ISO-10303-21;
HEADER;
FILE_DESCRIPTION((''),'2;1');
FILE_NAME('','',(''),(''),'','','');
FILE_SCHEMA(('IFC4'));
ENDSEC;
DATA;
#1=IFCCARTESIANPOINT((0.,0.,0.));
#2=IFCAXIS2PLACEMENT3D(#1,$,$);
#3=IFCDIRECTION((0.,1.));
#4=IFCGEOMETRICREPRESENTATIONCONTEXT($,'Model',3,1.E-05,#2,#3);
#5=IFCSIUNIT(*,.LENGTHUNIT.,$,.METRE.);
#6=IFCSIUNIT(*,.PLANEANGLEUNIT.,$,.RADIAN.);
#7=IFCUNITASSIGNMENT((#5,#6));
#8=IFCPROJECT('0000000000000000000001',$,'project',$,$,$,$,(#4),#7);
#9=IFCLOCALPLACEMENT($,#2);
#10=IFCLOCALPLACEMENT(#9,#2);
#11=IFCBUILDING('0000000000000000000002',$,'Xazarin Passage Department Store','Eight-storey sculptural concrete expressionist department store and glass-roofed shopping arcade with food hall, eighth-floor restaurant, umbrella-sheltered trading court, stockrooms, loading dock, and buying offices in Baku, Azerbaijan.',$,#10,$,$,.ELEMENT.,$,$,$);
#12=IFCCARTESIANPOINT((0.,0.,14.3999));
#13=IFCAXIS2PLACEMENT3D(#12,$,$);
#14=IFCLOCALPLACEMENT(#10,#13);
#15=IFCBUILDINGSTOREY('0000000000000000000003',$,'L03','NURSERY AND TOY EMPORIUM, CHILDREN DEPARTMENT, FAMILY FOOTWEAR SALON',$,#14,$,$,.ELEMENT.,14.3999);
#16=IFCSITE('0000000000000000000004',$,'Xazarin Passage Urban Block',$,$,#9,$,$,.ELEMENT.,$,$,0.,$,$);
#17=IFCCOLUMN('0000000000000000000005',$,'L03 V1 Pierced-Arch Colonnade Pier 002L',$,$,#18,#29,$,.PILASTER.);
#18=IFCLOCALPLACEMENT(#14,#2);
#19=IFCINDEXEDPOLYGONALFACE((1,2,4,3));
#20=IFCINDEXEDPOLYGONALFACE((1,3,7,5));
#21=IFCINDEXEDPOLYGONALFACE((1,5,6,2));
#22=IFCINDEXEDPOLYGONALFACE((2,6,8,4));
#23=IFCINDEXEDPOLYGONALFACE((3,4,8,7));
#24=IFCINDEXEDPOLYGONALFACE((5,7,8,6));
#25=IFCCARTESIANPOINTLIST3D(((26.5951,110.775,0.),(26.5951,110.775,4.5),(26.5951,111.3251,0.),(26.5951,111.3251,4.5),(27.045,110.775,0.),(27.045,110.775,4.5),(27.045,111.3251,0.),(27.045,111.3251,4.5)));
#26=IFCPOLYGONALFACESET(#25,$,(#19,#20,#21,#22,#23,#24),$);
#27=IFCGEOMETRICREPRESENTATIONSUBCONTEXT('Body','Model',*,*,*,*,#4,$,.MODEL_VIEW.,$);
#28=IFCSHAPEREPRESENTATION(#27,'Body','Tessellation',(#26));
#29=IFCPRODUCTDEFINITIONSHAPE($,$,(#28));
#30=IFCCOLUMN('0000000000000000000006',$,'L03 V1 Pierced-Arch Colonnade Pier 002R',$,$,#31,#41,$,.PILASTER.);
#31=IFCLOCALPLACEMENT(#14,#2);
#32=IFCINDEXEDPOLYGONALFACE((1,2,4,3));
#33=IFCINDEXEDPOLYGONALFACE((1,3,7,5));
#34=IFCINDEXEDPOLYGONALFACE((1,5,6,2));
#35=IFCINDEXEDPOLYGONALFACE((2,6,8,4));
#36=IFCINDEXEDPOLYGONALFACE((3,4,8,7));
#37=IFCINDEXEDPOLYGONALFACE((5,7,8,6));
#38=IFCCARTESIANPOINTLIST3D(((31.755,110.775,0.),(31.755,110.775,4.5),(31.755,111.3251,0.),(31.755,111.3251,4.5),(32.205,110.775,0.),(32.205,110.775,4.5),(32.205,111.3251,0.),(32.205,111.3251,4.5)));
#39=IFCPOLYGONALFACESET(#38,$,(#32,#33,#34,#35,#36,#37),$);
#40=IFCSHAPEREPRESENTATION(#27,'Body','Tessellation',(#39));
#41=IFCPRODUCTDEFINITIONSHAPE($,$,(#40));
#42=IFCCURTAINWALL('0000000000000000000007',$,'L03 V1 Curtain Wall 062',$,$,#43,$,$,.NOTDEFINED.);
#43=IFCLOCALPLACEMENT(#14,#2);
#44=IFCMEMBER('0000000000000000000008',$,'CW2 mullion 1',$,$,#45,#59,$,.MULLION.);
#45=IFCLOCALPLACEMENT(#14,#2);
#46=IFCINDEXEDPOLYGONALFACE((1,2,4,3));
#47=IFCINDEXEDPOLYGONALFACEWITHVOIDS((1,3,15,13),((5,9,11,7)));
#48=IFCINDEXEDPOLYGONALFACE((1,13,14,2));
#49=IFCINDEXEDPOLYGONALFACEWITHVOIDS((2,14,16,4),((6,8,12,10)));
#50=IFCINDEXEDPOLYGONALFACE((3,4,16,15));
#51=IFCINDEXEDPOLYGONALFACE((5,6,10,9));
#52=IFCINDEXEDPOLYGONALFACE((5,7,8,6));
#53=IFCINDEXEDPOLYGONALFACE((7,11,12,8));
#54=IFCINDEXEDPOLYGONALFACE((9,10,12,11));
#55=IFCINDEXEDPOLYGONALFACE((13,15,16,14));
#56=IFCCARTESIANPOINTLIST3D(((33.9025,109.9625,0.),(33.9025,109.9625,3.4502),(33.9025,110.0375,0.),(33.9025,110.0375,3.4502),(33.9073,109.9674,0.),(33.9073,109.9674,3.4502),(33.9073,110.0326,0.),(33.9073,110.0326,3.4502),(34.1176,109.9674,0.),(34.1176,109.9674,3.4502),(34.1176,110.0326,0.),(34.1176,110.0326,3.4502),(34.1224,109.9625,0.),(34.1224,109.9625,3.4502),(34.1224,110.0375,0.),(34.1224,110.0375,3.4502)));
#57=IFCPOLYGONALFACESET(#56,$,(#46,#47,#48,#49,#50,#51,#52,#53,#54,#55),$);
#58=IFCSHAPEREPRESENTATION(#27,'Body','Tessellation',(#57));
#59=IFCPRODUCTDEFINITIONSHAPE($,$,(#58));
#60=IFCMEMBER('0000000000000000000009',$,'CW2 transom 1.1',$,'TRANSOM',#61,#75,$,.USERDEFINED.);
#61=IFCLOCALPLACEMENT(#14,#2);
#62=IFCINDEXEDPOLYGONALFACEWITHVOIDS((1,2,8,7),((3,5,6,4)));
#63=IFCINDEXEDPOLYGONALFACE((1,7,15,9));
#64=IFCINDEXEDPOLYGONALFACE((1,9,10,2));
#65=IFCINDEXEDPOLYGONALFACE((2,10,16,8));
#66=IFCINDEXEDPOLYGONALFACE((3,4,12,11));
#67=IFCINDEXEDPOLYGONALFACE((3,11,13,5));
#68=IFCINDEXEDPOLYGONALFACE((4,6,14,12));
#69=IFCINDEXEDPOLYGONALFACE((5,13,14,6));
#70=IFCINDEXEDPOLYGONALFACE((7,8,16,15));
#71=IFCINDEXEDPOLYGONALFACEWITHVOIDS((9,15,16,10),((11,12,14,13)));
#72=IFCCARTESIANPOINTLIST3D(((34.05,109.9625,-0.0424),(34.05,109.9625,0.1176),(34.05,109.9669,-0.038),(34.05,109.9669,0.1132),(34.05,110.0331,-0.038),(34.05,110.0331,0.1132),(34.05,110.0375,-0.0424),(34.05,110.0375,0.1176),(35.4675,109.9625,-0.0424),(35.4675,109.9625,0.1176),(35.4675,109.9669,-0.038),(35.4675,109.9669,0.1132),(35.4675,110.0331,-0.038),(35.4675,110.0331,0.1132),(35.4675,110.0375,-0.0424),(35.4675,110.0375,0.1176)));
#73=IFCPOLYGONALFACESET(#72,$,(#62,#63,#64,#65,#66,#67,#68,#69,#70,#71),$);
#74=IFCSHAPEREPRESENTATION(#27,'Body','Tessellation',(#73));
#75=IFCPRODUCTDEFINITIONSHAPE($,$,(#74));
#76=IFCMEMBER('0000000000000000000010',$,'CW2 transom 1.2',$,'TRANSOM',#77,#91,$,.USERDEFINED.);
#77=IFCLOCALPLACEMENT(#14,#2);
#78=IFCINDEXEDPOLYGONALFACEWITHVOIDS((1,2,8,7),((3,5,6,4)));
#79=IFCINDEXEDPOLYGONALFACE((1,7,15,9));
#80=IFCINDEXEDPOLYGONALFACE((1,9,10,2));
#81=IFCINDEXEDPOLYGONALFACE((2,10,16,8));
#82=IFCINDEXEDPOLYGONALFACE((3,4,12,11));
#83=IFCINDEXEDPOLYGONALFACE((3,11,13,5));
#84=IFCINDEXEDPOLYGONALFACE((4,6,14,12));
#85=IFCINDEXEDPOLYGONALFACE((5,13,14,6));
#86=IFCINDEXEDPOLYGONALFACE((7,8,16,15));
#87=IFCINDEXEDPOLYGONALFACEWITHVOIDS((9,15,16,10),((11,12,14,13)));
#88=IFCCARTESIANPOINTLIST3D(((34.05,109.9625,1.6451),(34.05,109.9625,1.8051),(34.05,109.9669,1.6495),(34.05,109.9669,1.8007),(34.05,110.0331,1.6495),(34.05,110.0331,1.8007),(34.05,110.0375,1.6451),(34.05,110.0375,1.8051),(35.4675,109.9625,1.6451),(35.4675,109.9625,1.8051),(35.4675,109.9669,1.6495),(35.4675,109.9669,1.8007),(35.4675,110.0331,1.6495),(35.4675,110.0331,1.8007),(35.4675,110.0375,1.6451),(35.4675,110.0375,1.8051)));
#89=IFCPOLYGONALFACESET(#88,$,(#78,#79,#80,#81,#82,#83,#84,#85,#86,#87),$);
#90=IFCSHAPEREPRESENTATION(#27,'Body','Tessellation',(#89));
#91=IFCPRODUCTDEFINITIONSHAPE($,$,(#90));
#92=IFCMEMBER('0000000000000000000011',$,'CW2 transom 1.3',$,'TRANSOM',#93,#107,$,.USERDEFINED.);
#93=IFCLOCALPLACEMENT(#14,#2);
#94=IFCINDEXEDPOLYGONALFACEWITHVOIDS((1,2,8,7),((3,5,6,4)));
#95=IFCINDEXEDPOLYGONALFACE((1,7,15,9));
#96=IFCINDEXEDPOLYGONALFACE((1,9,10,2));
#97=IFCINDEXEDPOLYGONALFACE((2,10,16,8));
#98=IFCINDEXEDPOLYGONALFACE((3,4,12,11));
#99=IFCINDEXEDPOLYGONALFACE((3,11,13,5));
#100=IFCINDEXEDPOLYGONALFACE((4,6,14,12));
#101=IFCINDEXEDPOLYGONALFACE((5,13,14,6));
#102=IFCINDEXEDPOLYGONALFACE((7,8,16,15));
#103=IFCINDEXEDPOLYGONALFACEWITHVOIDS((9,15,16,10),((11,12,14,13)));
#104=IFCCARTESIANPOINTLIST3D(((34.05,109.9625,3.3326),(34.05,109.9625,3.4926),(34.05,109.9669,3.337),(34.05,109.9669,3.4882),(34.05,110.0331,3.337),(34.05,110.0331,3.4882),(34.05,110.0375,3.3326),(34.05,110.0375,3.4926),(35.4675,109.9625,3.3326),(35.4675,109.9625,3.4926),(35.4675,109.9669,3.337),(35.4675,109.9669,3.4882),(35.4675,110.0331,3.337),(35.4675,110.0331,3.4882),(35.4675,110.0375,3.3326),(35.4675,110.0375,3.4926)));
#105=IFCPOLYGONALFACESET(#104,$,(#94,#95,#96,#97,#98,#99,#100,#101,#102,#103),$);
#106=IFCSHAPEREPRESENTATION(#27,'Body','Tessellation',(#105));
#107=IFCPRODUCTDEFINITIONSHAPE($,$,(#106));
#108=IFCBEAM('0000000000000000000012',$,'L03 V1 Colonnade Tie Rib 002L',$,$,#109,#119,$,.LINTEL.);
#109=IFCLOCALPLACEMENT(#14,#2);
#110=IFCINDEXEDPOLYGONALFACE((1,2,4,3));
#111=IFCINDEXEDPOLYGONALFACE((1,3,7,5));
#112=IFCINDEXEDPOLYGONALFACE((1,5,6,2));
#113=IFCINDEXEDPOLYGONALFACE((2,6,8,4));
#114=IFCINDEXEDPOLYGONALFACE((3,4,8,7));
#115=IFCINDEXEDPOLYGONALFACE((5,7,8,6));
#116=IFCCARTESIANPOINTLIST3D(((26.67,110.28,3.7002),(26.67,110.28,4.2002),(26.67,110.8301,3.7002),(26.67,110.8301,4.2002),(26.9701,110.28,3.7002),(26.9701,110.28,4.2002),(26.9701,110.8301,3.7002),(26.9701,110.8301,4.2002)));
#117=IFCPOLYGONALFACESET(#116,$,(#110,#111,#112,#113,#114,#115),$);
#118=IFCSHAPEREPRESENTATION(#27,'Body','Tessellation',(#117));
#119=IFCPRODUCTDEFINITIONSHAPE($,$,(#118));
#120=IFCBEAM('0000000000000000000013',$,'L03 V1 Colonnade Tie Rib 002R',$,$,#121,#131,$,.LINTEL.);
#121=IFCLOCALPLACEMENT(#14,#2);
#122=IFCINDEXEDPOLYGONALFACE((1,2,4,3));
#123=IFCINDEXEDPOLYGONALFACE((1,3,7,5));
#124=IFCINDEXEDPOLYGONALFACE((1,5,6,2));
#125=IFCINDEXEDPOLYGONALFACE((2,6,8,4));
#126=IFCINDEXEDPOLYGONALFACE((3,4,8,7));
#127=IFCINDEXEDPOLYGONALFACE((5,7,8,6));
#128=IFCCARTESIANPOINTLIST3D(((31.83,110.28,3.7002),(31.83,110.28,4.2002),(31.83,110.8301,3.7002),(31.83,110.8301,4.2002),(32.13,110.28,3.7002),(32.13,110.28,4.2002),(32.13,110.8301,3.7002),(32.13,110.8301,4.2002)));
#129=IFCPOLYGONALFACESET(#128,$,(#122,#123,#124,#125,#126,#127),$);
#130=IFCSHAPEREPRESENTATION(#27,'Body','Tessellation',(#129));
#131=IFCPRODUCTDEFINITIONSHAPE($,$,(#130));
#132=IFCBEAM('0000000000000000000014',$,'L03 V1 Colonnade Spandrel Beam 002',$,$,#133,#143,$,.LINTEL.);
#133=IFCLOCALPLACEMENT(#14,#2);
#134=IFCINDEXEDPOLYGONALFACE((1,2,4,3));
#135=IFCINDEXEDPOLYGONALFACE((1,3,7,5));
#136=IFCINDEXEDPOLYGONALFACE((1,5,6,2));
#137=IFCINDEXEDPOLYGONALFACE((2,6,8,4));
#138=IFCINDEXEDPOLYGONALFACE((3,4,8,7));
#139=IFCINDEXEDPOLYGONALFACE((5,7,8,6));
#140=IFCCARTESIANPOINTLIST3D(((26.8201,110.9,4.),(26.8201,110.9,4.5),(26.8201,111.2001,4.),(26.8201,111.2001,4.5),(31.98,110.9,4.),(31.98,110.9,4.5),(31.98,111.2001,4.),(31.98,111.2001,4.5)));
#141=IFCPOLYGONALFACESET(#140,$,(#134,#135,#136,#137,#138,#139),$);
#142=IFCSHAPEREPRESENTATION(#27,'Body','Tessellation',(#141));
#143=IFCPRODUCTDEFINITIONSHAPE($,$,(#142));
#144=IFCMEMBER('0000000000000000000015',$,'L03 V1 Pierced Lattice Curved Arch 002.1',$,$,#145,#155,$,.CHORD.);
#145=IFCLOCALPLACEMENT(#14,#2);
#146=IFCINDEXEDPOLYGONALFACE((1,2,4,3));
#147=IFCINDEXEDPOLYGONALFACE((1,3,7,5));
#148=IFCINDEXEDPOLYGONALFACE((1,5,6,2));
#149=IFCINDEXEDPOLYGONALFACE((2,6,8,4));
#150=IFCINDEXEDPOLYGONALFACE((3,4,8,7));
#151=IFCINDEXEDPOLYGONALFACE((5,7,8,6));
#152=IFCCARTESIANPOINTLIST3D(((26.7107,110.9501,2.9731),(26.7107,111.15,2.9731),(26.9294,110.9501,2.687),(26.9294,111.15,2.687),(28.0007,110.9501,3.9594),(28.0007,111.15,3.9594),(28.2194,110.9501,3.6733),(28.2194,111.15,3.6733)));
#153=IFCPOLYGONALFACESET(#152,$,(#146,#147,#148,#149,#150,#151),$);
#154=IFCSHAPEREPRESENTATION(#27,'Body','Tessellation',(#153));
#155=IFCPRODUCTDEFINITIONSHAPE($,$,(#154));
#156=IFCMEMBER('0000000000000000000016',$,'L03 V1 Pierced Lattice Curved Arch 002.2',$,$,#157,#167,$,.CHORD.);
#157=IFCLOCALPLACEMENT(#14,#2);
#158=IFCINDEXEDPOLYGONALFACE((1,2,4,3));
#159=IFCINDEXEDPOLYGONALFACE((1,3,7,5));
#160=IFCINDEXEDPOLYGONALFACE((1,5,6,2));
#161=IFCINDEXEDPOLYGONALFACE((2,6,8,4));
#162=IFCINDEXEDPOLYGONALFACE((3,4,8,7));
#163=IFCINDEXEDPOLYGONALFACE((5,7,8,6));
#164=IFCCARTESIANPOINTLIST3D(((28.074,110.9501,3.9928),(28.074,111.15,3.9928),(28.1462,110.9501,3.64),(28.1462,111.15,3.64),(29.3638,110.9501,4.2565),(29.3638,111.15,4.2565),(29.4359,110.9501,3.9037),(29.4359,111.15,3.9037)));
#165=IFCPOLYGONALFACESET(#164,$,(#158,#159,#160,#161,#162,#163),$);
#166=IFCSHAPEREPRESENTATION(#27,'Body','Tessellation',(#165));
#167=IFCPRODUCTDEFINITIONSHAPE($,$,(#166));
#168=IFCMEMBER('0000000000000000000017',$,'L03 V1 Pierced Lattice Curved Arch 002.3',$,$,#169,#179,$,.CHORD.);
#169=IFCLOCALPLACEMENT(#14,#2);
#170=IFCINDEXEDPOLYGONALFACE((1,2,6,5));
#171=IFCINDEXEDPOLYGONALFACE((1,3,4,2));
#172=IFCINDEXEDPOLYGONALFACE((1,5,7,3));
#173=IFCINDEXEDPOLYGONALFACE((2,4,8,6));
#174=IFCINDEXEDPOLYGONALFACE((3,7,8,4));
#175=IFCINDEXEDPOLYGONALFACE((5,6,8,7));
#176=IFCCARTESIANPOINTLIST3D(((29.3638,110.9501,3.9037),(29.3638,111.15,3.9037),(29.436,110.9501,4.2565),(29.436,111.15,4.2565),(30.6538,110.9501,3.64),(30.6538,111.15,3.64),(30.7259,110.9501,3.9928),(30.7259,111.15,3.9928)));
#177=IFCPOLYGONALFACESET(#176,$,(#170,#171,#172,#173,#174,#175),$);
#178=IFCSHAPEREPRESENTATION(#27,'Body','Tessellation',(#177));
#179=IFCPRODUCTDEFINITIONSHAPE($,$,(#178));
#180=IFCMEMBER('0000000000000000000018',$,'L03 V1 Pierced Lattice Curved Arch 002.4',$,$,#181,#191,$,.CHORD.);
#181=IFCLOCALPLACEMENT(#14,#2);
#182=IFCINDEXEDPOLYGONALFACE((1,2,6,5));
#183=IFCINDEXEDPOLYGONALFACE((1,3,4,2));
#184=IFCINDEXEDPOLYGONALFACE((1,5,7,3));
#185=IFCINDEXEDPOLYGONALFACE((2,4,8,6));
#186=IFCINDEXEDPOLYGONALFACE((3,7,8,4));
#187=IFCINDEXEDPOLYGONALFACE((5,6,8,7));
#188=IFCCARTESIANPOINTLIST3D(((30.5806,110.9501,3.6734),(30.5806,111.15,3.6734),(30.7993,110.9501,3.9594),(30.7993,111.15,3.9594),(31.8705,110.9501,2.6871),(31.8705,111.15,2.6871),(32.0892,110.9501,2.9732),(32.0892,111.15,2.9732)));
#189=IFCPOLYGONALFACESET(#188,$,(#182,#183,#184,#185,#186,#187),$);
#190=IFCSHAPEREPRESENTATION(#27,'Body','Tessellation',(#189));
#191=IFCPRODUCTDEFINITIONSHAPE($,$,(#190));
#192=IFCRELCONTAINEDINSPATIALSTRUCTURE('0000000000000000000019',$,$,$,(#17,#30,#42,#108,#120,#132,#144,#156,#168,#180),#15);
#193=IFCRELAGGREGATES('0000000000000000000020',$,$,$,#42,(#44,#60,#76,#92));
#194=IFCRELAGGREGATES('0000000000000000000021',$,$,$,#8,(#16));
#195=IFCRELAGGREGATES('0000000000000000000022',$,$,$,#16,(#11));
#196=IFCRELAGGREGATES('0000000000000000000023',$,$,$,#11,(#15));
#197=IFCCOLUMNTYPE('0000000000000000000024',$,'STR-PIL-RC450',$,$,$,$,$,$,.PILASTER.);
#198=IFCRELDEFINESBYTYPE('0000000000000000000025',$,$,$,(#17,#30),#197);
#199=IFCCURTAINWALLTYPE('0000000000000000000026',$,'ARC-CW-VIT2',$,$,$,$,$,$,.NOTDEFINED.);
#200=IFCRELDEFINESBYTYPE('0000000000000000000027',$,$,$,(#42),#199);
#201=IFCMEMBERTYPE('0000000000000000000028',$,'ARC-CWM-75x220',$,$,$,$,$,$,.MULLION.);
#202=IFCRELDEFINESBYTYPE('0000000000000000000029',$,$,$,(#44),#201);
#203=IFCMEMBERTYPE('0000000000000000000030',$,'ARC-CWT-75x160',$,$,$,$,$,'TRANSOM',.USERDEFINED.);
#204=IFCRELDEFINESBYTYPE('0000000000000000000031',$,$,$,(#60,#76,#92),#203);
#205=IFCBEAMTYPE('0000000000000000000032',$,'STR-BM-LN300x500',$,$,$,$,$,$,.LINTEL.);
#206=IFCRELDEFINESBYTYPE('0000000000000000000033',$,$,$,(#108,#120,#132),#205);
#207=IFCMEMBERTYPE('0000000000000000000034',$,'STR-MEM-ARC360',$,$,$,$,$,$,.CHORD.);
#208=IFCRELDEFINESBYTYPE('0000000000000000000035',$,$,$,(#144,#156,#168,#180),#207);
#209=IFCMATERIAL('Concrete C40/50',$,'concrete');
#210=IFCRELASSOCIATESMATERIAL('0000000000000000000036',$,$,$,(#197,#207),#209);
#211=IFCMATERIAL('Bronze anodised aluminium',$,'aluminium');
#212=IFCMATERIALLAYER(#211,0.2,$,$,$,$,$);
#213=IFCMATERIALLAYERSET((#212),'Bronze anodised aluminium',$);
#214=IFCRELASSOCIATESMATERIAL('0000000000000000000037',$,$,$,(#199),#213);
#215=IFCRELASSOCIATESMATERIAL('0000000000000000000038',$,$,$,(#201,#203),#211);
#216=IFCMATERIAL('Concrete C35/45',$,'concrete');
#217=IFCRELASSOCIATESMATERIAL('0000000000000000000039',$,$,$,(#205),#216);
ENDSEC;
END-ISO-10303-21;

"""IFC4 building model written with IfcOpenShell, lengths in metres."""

from ifc_helpers import new_model, si_unit, direction, frame, origin, origin_2d, place, context, subcontext, project, spatial, rectangle, hollow_rectangle, extrude, material, layer, layer_set, material_profile, profile_set, type_object, element, aggregate, save


model = new_model("IFC4")

# Units and contexts
model_context = context("Model", 3, precision=1e-05, world=origin(), true_north=direction((0.0, 1.0)))
body_context = subcontext(model_context, "Body", "Model", "MODEL_VIEW")
ifc_project = project(units=[si_unit("LENGTHUNIT", "METRE"), si_unit("PLANEANGLEUNIT", "RADIAN")], contexts=[model_context])

# Site, building, storey
site_placement = place(None, origin())
site = spatial("IfcSite", under=ifc_project, at=site_placement, Name="Xazarin Passage Urban Block", CompositionType="ELEMENT", RefElevation=0.0)
building_placement = place(site_placement, origin())
building = spatial("IfcBuilding", under=site, at=building_placement, Name="Xazarin Passage Department Store", Description="Eight-storey sculptural concrete expressionist department store and glass-roofed shopping arcade with food hall, eighth-floor restaurant, umbrella-sheltered trading court, stockrooms, loading dock, and buying offices in Baku, Azerbaijan.", CompositionType="ELEMENT")
storey_placement = place(building_placement, frame((0.0, 0.0, 14.3999)))
storey = spatial("IfcBuildingStorey", under=building, at=storey_placement, Name="L03", Description="NURSERY AND TOY EMPORIUM, CHILDREN DEPARTMENT, FAMILY FOOTWEAR SALON", CompositionType="ELEMENT", Elevation=14.3999)

# Columns
ifc_material_1 = material(Name="Concrete C40/50", Category="concrete")
ifc_material_profile_1 = material_profile(ifc_material_1, rectangle(XDim=0.45, YDim=0.55, at=origin_2d()), Name="RC 450x550")
ifc_profile_set_1 = profile_set([ifc_material_profile_1], Name="Concrete C40/50")
column_type = type_object("IfcColumnType", Name="STR-PIL-RC450", PredefinedType="PILASTER", material=ifc_profile_set_1)
for number, where, z_axis, x_axis, name in (
    (1, (26.8201, 111.05, 0.0), (0.0, 0.0, 1.0), (1.0, 0.0, 0.0), "L03 V1 Pierced-Arch Colonnade Pier 002L"),
    (2, (31.98, 111.05, 0.0), (0.0, 0.0, 1.0), (1.0, 0.0, 0.0), "L03 V1 Pierced-Arch Colonnade Pier 002R"),
):
    element("IfcColumn", number, at=place(storey_placement, frame(where, z_axis=z_axis, x_axis=x_axis)), inside=storey, type_object=column_type, Name=name, PredefinedType="PILASTER", context=body_context, shape_type="SweptSolid", body=[
        extrude(rectangle(XDim=0.45, YDim=0.55, at=origin_2d()), origin(), (0.0, 0.0, 1.0), 4.5),
    ])

# Curtain wall, members
ifc_material_2 = material(Name="Bronze anodised aluminium", Category="aluminium")
ifc_layer_1 = layer(ifc_material_2, 0.2)
ifc_layer_set_1 = layer_set([ifc_layer_1], Name="Bronze anodised aluminium")
curtain_wall_type = type_object("IfcCurtainWallType", Name="ARC-CW-VIT2", PredefinedType="NOTDEFINED", material=ifc_layer_set_1)
curtain_wall_placement = place(storey_placement, origin())
curtain_wall = element("IfcCurtainWall", 3, at=curtain_wall_placement, inside=storey, type_object=curtain_wall_type, Name="L03 V1 Curtain Wall 062", PredefinedType="NOTDEFINED")
ifc_material_profile_2 = material_profile(ifc_material_2, hollow_rectangle(XDim=0.075, YDim=0.22, WallThickness=0.0049, at=origin_2d()), Name="ALU 75x220")
ifc_profile_set_2 = profile_set([ifc_material_profile_2], Name="Bronze anodised aluminium")
member_type_1 = type_object("IfcMemberType", Name="ARC-CWM-75x220", PredefinedType="MULLION", material=ifc_profile_set_2)
member_1_placement = place(storey_placement, frame((34.0125, 110.0, 0.0), z_axis=(0.0, 0.0, 1.0), x_axis=(0.0, 1.0, 0.0)))
member_1 = element("IfcMember", 4, at=member_1_placement, type_object=member_type_1, Name="CW2 mullion 1", PredefinedType="MULLION", context=body_context, shape_type="SweptSolid", body=[
    extrude(hollow_rectangle(XDim=0.075, YDim=0.22, WallThickness=0.0049, at=origin_2d()), origin(), (0.0, 0.0, 1.0), 3.4502),
])
ifc_material_profile_3 = material_profile(ifc_material_2, hollow_rectangle(XDim=0.075, YDim=0.1599, WallThickness=0.0044, at=origin_2d()), Name="ALU 75x160")
ifc_profile_set_3 = profile_set([ifc_material_profile_3], Name="Bronze anodised aluminium")
member_type_2 = type_object("IfcMemberType", Name="ARC-CWT-75x160", ElementType="TRANSOM", PredefinedType="USERDEFINED", material=ifc_profile_set_3)
member_2_placement = place(storey_placement, frame((34.05, 110.0, 0.0376), z_axis=(1.0, 0.0, 0.0), x_axis=(0.0, 1.0, 0.0)))
member_2 = element("IfcMember", 5, at=member_2_placement, type_object=member_type_2, Name="CW2 transom 1.1", ObjectType="TRANSOM", PredefinedType="USERDEFINED", context=body_context, shape_type="SweptSolid", body=[
    extrude(hollow_rectangle(XDim=0.075, YDim=0.1599, WallThickness=0.0044, at=origin_2d()), origin(), (0.0, 0.0, 1.0), 1.4175),
])
member_3_placement = place(storey_placement, frame((34.05, 110.0, 1.7251), z_axis=(1.0, 0.0, 0.0), x_axis=(0.0, 1.0, 0.0)))
member_3 = element("IfcMember", 6, at=member_3_placement, type_object=member_type_2, Name="CW2 transom 1.2", ObjectType="TRANSOM", PredefinedType="USERDEFINED", context=body_context, shape_type="SweptSolid", body=[
    extrude(hollow_rectangle(XDim=0.075, YDim=0.1599, WallThickness=0.0044, at=origin_2d()), origin(), (0.0, 0.0, 1.0), 1.4175),
])
member_4_placement = place(storey_placement, frame((34.05, 110.0, 3.4126), z_axis=(1.0, 0.0, 0.0), x_axis=(0.0, 1.0, 0.0)))
member_4 = element("IfcMember", 7, at=member_4_placement, type_object=member_type_2, Name="CW2 transom 1.3", ObjectType="TRANSOM", PredefinedType="USERDEFINED", context=body_context, shape_type="SweptSolid", body=[
    extrude(hollow_rectangle(XDim=0.075, YDim=0.1599, WallThickness=0.0044, at=origin_2d()), origin(), (0.0, 0.0, 1.0), 1.4175),
])

# Beams
ifc_material_3 = material(Name="Concrete C35/45", Category="concrete")
ifc_material_profile_4 = material_profile(ifc_material_3, rectangle(XDim=0.3, YDim=0.5, at=origin_2d()), Name="RC 300x500")
ifc_profile_set_4 = profile_set([ifc_material_profile_4], Name="Concrete C35/45")
beam_type = type_object("IfcBeamType", Name="STR-BM-LN300x500", PredefinedType="LINTEL", material=ifc_profile_set_4)
for number, where, z_axis, x_axis, name in (
    (8, (26.8201, 110.28, 3.9502), (0.0, 1.0, 0.0), (-1.0, 0.0, 0.0), "L03 V1 Colonnade Tie Rib 002L"),
    (9, (31.98, 110.28, 3.9502), (0.0, 1.0, 0.0), (-1.0, 0.0, 0.0), "L03 V1 Colonnade Tie Rib 002R"),
):
    element("IfcBeam", number, at=place(storey_placement, frame(where, z_axis=z_axis, x_axis=x_axis)), inside=storey, type_object=beam_type, Name=name, PredefinedType="LINTEL", context=body_context, shape_type="SweptSolid", body=[
        extrude(rectangle(XDim=0.3, YDim=0.5, at=origin_2d()), origin(), (0.0, 0.0, 1.0), 0.55),
    ])
beam_placement = place(storey_placement, frame((26.8201, 111.05, 4.25), z_axis=(1.0, 0.0, 0.0), x_axis=(0.0, 1.0, 0.0)))
element("IfcBeam", 10, at=beam_placement, inside=storey, type_object=beam_type, Name="L03 V1 Colonnade Spandrel Beam 002", PredefinedType="LINTEL", context=body_context, shape_type="SweptSolid", body=[
    extrude(rectangle(XDim=0.3, YDim=0.5, at=origin_2d()), origin(), (0.0, 0.0, 1.0), 5.1599),
])

# Members
ifc_material_profile_5 = material_profile(ifc_material_1, rectangle(XDim=0.2, YDim=0.3601, at=origin_2d()), Name="RC 200x360")
ifc_profile_set_5 = profile_set([ifc_material_profile_5], Name="Concrete C40/50")
member_type_3 = type_object("IfcMemberType", Name="STR-MEM-ARC360", PredefinedType="CHORD", material=ifc_profile_set_5)
member_5_placement = place(storey_placement, frame((26.8201, 111.05, 2.8301), z_axis=(0.794409, 0.0, 0.607383), x_axis=(0.0, 1.0, 0.0)))
element("IfcMember", 11, at=member_5_placement, inside=storey, type_object=member_type_3, Name="L03 V1 Pierced Lattice Curved Arch 002.1", PredefinedType="CHORD", context=body_context, shape_type="SweptSolid", body=[
    extrude(rectangle(XDim=0.2, YDim=0.3601, at=origin_2d()), origin(), (0.0, 0.0, 1.0), 1.6238),
])
member_6_placement = place(storey_placement, frame((28.1101, 111.05, 3.8164), z_axis=(0.979737, 0.0, 0.200287), x_axis=(0.0, 1.0, 0.0)))
element("IfcMember", 12, at=member_6_placement, inside=storey, type_object=member_type_3, Name="L03 V1 Pierced Lattice Curved Arch 002.2", PredefinedType="CHORD", context=body_context, shape_type="SweptSolid", body=[
    extrude(rectangle(XDim=0.2, YDim=0.3601, at=origin_2d()), origin(), (0.0, 0.0, 1.0), 1.3164),
])
member_7_placement = place(storey_placement, frame((29.3999, 111.05, 4.0801), z_axis=(0.979745, 0.0, -0.200251), x_axis=(0.0, 1.0, 0.0)))
element("IfcMember", 13, at=member_7_placement, inside=storey, type_object=member_type_3, Name="L03 V1 Pierced Lattice Curved Arch 002.3", PredefinedType="CHORD", context=body_context, shape_type="SweptSolid", body=[
    extrude(rectangle(XDim=0.2, YDim=0.3601, at=origin_2d()), origin(), (0.0, 0.0, 1.0), 1.3167),
])
member_8_placement = place(storey_placement, frame((30.6899, 111.05, 3.8164), z_axis=(0.794409, 0.0, -0.607383), x_axis=(0.0, 1.0, 0.0)))
element("IfcMember", 14, at=member_8_placement, inside=storey, type_object=member_type_3, Name="L03 V1 Pierced Lattice Curved Arch 002.4", PredefinedType="CHORD", context=body_context, shape_type="SweptSolid", body=[
    extrude(rectangle(XDim=0.2, YDim=0.3601, at=origin_2d()), origin(), (0.0, 0.0, 1.0), 1.6238),
])

aggregate(curtain_wall, [member_1, member_2, member_3, member_4])

save(model, "model.ifc")
